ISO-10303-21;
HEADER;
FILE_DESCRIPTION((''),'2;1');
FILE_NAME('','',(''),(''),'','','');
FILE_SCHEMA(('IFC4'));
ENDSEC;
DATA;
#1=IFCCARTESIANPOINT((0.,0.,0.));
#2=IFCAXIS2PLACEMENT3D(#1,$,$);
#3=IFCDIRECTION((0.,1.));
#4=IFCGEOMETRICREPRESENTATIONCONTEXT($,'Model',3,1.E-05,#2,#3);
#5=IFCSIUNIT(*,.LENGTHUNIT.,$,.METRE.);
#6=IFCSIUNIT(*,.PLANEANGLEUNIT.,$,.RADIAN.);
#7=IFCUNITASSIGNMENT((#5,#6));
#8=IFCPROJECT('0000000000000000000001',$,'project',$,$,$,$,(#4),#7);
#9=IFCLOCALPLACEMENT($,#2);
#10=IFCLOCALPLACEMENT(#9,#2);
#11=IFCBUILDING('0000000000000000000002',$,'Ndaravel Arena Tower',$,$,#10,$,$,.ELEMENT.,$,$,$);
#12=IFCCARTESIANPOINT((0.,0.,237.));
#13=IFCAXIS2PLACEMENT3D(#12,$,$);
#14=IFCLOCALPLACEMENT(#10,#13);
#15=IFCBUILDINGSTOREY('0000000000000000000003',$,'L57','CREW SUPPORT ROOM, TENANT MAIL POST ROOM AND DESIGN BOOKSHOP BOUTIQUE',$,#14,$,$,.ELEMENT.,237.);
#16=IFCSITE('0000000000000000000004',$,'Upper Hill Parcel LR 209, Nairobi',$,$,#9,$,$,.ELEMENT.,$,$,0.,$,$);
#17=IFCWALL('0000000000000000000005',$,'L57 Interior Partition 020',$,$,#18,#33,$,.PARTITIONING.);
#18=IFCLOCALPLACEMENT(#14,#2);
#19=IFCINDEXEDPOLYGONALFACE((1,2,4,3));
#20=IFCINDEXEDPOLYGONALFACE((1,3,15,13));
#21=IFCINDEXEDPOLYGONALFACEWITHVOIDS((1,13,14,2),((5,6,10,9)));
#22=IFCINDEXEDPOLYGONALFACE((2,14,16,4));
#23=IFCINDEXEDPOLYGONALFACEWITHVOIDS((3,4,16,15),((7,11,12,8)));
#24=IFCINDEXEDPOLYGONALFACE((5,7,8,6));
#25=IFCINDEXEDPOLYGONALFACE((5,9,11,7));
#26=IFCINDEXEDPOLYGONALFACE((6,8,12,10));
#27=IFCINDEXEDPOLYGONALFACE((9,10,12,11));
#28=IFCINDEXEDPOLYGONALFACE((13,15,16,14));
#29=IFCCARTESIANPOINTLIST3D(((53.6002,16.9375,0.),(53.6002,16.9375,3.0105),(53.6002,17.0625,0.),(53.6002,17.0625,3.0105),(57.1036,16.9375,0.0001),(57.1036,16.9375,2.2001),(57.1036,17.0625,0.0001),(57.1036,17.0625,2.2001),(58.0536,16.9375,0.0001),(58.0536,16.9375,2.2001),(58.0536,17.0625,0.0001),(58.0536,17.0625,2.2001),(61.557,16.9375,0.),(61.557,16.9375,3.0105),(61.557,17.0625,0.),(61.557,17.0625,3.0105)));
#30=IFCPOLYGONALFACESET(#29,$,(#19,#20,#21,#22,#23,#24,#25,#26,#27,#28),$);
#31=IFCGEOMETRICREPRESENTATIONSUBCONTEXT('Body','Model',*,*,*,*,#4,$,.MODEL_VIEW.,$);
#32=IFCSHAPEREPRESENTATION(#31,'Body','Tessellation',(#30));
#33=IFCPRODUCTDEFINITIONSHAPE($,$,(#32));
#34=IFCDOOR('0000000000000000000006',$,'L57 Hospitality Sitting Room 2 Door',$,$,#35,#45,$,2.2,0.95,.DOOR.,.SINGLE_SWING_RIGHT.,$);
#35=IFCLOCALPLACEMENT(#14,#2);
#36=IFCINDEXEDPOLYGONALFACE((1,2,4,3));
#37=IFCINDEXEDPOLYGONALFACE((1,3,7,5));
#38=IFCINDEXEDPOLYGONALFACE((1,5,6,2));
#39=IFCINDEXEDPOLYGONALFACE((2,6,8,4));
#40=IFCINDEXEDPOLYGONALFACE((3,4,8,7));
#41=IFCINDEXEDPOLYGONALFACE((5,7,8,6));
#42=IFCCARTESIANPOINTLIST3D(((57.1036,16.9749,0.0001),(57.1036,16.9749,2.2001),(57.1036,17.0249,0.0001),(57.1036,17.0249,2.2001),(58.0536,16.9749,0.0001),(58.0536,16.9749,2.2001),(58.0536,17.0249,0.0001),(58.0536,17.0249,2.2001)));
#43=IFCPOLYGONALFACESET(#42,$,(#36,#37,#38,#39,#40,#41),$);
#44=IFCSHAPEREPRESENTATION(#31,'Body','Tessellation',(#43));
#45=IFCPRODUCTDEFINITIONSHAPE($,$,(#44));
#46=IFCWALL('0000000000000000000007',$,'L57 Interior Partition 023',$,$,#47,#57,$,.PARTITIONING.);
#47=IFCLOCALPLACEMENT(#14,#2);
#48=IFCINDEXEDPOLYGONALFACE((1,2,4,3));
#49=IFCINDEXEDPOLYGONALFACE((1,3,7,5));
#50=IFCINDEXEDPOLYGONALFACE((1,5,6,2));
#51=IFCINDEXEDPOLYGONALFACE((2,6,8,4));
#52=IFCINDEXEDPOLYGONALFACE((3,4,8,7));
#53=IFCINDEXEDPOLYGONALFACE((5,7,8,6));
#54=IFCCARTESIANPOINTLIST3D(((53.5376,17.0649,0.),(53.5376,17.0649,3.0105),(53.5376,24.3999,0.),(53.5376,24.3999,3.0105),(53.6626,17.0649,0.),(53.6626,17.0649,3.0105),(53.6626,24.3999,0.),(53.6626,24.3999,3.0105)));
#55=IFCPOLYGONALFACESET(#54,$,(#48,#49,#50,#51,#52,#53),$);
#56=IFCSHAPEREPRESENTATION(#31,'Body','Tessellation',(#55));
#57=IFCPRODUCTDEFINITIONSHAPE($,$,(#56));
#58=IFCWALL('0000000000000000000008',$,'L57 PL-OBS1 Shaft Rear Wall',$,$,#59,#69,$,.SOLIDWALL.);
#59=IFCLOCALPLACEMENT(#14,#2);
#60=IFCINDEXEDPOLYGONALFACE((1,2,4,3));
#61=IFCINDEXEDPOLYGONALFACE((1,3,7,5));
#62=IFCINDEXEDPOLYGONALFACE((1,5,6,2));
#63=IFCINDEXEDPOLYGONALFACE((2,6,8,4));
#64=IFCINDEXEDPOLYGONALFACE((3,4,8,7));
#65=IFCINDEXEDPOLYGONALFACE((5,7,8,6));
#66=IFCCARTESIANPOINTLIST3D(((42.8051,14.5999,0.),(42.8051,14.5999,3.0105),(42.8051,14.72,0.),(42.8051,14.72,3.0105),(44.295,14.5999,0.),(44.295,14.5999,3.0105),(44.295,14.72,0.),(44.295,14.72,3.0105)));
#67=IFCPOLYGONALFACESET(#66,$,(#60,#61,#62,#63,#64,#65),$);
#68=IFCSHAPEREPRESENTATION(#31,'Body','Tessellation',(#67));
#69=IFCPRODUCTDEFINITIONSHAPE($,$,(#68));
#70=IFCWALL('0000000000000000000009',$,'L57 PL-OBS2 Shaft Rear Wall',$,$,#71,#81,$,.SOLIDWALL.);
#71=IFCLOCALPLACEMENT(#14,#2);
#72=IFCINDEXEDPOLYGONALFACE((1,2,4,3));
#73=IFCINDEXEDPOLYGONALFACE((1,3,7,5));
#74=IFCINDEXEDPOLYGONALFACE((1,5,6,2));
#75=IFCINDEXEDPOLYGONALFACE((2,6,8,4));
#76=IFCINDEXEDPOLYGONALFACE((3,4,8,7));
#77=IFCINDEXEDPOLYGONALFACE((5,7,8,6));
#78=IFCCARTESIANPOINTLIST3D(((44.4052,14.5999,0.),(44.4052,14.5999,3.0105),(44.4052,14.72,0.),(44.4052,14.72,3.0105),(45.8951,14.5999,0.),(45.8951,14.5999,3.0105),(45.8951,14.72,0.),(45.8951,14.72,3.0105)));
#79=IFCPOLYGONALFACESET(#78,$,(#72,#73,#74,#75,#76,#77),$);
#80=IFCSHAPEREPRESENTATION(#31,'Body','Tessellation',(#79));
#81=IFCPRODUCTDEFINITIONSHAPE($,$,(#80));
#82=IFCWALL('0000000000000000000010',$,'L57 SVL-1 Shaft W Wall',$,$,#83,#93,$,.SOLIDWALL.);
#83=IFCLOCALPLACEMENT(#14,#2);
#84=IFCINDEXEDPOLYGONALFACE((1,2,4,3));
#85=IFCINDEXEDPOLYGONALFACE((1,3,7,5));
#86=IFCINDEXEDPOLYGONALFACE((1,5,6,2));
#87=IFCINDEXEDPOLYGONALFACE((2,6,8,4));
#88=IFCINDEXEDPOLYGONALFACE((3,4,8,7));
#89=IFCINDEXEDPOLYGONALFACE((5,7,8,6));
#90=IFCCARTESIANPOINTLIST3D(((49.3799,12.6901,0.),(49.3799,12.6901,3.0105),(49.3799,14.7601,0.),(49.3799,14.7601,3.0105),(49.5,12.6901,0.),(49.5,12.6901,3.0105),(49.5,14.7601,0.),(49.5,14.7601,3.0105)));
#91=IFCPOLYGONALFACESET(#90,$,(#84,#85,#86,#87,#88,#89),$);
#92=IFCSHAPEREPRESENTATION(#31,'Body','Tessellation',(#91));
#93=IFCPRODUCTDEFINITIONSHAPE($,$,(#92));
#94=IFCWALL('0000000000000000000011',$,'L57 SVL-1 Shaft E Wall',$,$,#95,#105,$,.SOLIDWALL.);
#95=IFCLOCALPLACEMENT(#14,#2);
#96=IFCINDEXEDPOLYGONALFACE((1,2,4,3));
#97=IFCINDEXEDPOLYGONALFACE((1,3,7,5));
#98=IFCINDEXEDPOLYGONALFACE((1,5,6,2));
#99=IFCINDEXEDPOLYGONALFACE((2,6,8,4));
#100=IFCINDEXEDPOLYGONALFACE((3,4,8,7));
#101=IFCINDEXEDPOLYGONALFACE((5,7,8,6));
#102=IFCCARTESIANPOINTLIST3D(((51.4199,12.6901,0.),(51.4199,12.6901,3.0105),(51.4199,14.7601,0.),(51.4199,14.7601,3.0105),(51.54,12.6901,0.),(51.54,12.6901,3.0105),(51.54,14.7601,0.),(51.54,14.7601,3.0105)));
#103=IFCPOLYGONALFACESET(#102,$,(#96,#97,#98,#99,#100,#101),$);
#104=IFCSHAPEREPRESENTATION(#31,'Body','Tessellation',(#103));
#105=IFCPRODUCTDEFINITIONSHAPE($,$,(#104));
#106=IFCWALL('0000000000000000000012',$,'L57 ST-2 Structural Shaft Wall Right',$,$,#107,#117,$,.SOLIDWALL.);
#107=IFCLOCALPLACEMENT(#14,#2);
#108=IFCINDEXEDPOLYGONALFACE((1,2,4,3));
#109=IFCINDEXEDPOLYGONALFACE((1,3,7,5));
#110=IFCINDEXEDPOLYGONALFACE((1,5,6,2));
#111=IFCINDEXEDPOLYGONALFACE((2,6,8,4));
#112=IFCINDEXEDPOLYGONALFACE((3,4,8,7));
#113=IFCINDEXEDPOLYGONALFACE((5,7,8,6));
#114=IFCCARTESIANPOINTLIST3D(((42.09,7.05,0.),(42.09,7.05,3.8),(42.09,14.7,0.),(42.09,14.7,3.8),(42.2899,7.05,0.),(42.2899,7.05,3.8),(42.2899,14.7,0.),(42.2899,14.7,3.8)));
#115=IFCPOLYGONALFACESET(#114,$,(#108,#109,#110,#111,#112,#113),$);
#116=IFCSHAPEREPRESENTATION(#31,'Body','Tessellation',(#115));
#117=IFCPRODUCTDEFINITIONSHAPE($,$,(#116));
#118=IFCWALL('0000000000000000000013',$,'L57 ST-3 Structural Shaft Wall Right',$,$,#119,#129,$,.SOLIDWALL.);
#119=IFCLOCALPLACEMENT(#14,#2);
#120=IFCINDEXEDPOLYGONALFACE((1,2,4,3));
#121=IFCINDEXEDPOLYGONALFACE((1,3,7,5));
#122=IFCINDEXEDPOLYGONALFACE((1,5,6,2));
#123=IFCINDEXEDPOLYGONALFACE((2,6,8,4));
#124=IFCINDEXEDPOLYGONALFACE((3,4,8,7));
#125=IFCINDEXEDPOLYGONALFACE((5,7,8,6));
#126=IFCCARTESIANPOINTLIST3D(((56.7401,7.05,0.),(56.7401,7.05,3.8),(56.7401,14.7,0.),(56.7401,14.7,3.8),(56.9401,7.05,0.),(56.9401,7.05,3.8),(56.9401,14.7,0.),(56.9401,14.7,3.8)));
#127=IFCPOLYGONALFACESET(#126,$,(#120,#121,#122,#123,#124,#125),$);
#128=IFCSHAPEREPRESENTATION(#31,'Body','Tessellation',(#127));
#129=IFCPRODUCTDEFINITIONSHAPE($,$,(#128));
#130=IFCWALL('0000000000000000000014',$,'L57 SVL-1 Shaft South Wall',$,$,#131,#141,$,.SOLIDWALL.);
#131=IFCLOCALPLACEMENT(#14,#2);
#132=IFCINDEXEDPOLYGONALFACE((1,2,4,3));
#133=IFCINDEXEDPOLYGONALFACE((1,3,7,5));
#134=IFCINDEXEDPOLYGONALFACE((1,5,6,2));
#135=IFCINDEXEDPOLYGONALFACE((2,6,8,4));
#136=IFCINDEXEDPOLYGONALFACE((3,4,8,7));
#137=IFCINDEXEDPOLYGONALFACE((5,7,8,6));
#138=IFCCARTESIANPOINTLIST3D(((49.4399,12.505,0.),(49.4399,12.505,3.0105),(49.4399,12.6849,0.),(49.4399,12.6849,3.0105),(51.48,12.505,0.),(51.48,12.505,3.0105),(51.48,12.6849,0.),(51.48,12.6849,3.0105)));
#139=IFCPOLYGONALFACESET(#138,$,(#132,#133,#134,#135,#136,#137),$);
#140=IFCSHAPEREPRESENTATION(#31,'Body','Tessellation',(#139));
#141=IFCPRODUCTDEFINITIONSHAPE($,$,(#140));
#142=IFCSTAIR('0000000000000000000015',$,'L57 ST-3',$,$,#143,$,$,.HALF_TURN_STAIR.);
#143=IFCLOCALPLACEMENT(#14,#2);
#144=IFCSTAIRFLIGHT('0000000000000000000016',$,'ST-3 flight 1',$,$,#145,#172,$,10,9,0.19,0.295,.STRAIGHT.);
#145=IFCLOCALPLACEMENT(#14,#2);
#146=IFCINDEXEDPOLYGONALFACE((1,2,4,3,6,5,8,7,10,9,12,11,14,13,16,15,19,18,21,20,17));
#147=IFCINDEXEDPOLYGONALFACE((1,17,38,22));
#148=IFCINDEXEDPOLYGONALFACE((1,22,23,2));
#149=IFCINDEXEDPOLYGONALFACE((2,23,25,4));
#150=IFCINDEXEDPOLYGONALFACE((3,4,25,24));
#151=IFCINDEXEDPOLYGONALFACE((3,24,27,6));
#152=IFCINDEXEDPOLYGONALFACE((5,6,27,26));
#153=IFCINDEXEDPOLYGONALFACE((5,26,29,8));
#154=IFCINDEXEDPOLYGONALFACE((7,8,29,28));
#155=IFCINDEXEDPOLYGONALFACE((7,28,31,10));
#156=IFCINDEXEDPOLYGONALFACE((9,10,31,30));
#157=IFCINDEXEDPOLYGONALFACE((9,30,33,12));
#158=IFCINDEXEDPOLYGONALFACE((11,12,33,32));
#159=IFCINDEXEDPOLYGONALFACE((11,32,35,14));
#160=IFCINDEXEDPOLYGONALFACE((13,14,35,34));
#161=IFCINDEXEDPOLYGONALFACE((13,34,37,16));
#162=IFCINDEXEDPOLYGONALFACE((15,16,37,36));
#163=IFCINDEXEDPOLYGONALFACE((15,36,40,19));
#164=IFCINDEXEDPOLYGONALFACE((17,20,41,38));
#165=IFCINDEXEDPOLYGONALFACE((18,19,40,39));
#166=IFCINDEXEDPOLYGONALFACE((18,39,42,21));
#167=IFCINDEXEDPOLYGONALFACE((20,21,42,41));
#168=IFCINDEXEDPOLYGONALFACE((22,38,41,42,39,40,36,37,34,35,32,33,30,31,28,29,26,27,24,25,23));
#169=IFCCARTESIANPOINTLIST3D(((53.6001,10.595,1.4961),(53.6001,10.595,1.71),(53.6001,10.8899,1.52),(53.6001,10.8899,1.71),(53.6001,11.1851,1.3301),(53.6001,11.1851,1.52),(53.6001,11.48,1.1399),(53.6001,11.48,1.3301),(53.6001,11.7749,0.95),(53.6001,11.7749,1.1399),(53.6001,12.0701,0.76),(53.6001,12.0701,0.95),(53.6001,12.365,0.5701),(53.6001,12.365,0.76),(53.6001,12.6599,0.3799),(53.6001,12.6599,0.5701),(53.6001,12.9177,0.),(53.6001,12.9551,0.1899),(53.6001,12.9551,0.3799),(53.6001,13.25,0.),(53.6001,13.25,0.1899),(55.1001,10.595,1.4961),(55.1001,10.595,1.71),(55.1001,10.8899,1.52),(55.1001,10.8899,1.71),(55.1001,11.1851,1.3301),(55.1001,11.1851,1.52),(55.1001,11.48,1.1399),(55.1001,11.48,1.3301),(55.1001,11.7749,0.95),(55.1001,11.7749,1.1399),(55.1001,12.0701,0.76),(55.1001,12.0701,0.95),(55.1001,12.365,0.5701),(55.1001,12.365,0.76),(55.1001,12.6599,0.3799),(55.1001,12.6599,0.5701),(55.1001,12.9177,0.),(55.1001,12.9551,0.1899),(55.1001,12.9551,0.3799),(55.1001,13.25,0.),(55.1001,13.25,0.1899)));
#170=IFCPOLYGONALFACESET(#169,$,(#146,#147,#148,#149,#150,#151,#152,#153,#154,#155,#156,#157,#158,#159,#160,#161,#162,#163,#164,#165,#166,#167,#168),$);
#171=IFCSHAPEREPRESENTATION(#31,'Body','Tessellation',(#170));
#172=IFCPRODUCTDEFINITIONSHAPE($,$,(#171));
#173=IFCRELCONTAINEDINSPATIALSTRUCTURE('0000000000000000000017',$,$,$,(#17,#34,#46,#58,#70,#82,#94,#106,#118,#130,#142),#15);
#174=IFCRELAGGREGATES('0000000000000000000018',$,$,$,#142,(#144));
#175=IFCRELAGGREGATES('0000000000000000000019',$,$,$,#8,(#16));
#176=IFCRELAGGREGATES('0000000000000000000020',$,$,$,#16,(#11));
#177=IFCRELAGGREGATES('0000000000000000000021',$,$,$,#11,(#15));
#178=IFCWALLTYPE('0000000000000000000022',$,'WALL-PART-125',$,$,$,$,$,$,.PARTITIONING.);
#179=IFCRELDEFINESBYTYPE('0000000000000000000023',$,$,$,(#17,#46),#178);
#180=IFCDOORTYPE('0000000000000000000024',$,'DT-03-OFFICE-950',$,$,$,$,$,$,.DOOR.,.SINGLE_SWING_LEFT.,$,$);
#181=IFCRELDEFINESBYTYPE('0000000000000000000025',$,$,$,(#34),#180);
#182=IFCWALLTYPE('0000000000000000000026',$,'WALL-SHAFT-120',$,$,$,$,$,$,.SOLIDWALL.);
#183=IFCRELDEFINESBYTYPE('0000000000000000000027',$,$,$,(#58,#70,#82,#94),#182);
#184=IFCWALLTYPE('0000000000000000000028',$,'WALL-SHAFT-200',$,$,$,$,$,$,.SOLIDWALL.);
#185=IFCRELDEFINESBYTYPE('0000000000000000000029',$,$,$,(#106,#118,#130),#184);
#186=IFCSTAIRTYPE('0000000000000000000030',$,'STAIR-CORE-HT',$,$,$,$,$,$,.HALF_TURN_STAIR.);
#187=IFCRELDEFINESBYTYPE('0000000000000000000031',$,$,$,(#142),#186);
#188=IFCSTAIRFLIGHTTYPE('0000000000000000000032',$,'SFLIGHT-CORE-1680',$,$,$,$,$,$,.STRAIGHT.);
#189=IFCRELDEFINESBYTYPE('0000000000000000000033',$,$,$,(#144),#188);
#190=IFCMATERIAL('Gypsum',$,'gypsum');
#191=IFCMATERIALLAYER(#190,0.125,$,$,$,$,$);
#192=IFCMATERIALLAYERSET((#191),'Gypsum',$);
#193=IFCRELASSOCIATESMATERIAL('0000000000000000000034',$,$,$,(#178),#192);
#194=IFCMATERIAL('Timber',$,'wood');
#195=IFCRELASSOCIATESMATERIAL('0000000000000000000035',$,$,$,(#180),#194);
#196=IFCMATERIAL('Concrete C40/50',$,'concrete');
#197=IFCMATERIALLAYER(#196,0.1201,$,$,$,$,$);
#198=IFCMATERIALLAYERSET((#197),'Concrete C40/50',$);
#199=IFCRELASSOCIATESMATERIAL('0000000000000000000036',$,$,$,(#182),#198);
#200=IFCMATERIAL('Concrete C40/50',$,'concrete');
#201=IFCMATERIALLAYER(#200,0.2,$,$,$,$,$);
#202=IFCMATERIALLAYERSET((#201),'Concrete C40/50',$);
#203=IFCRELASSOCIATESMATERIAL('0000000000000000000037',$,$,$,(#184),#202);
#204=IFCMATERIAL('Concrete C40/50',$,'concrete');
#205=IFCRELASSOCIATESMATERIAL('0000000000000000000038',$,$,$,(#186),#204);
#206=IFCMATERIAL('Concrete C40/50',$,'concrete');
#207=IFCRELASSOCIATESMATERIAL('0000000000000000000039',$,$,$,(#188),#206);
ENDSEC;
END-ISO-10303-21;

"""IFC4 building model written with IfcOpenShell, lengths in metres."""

from ifc_helpers import new_model, si_unit, direction, frame, frame_2d, origin, place, context, subcontext, project, spatial, polyline, rectangle, outline, extrude, material, layer, layer_set, type_object, element, fill, aggregate, save


model = new_model("IFC4")

# Units and contexts
model_context = context("Model", 3, precision=1e-05, world=origin(), true_north=direction((0.0, 1.0)))
body_context = subcontext(model_context, "Body", "Model", "MODEL_VIEW")
ifc_project = project(units=[si_unit("LENGTHUNIT", "METRE"), si_unit("PLANEANGLEUNIT", "RADIAN")], contexts=[model_context])

# Site, building, storey
site_placement = place(None, origin())
site = spatial("IfcSite", under=ifc_project, at=site_placement, Name="Upper Hill Parcel LR 209, Nairobi", CompositionType="ELEMENT", RefElevation=0.0)
building_placement = place(site_placement, origin())
building = spatial("IfcBuilding", under=site, at=building_placement, Name="Ndaravel Arena Tower", CompositionType="ELEMENT")
storey_placement = place(building_placement, frame((0.0, 0.0, 237.0)))
storey = spatial("IfcBuildingStorey", under=building, at=storey_placement, Name="L57", Description="CREW SUPPORT ROOM, TENANT MAIL POST ROOM AND DESIGN BOOKSHOP BOUTIQUE", CompositionType="ELEMENT", Elevation=237.0)

# Shared definitions
ifc_material_1 = material(Name="Gypsum", Category="gypsum")
ifc_layer_1 = layer(ifc_material_1, 0.125)
ifc_layer_set_1 = layer_set([ifc_layer_1], Name="Gypsum")
wall_type_1 = type_object("IfcWallType", Name="WALL-PART-125", PredefinedType="PARTITIONING", material=ifc_layer_set_1)
ifc_material_2 = material(Name="Timber", Category="wood")
door_type = type_object("IfcDoorType", Name="DT-03-OFFICE-950", OperationType="SINGLE_SWING_LEFT", PredefinedType="DOOR", material=ifc_material_2)

# Wall, opening, door
wall_1_placement = place(storey_placement, frame((53.6001, 17.0, 0.0), z_axis=(0.0, 0.0, 1.0), x_axis=(1.0, 0.0, 0.0)))
wall_1 = element("IfcWall", 1, at=wall_1_placement, inside=storey, type_object=wall_type_1, Name="L57 Interior Partition 020", PredefinedType="PARTITIONING", context=body_context, shape_type="SweptSolid", body=[
    extrude(rectangle(XDim=7.9568, YDim=0.125, at=frame_2d((3.9785, 0.0))), origin(), (0.0, 0.0, 1.0), 3.0105),
])
opening_1_placement = place(wall_1_placement, frame((3.5034, 0.0, 0.0)))
opening_1 = element("IfcOpeningElement", 2, at=opening_1_placement, cuts=wall_1, PredefinedType="OPENING", context=body_context, shape_type="SweptSolid", body=[
    extrude(rectangle(XDim=0.95, YDim=2.2, at=frame_2d((0.4751, 1.1001))), frame((0.0, 0.0625, 0.0), z_axis=(0.0, -1.0, 0.0), x_axis=(1.0, 0.0, 0.0)), (0.0, 0.0, 1.0), 0.125),
])
door_1_placement = place(opening_1_placement, origin())
door_1 = element("IfcDoor", 3, at=door_1_placement, inside=storey, type_object=door_type, Name="L57 Hospitality Sitting Room 2 Door", OperationType="SINGLE_SWING_RIGHT", OverallHeight=2.2, OverallWidth=0.95, PredefinedType="DOOR", context=body_context, shape_type="SweptSolid", body=[
    extrude(rectangle(XDim=0.95, YDim=2.2, at=frame_2d((0.4751, 1.1001))), frame((0.0, 0.0249, 0.0), z_axis=(0.0, -1.0, 0.0), x_axis=(1.0, 0.0, 0.0)), (0.0, 0.0, 1.0), 0.05),
])
fill(opening_1, door_1)

# Walls
wall_2_placement = place(storey_placement, frame((53.6001, 24.3999, 0.0), z_axis=(0.0, 0.0, 1.0), x_axis=(0.0, -1.0, 0.0)))
element("IfcWall", 4, at=wall_2_placement, inside=storey, type_object=wall_type_1, Name="L57 Interior Partition 023", PredefinedType="PARTITIONING", context=body_context, shape_type="SweptSolid", body=[
    extrude(rectangle(XDim=7.335, YDim=0.125, at=frame_2d((3.6675, 0.0))), origin(), (0.0, 0.0, 1.0), 3.0105),
])
ifc_material_3 = material(Name="Concrete C40/50", Category="concrete")
ifc_layer_2 = layer(ifc_material_3, 0.1201)
ifc_layer_set_2 = layer_set([ifc_layer_2], Name="Concrete C40/50")
wall_type_2 = type_object("IfcWallType", Name="WALL-SHAFT-120", PredefinedType="SOLIDWALL", material=ifc_layer_set_2)
for number, where, z_axis, x_axis, name in (
    (5, (42.8049, 14.6599, 0.0), (0.0, 0.0, 1.0), (1.0, 0.0, 0.0), "L57 PL-OBS1 Shaft Rear Wall"),
    (6, (44.405, 14.6599, 0.0), (0.0, 0.0, 1.0), (1.0, 0.0, 0.0), "L57 PL-OBS2 Shaft Rear Wall"),
):
    element("IfcWall", number, at=place(storey_placement, frame(where, z_axis=z_axis, x_axis=x_axis)), inside=storey, type_object=wall_type_2, Name=name, PredefinedType="SOLIDWALL", context=body_context, shape_type="SweptSolid", body=[
        extrude(rectangle(XDim=1.49, YDim=0.1201, at=frame_2d((0.7451, 0.0))), origin(), (0.0, 0.0, 1.0), 3.0105),
    ])
for number, where, z_axis, x_axis, name in (
    (7, (49.4399, 12.6899, 0.0), (0.0, 0.0, 1.0), (0.0, 1.0, 0.0), "L57 SVL-1 Shaft W Wall"),
    (8, (51.48, 12.6899, 0.0), (0.0, 0.0, 1.0), (0.0, 1.0, 0.0), "L57 SVL-1 Shaft E Wall"),
):
    element("IfcWall", number, at=place(storey_placement, frame(where, z_axis=z_axis, x_axis=x_axis)), inside=storey, type_object=wall_type_2, Name=name, PredefinedType="SOLIDWALL", context=body_context, shape_type="SweptSolid", body=[
        extrude(rectangle(XDim=2.0701, YDim=0.1201, at=frame_2d((1.0352, 0.0))), origin(), (0.0, 0.0, 1.0), 3.0105),
    ])
ifc_material_4 = material(Name="Concrete C40/50", Category="concrete")
ifc_layer_3 = layer(ifc_material_4, 0.2)
ifc_layer_set_3 = layer_set([ifc_layer_3], Name="Concrete C40/50")
wall_type_3 = type_object("IfcWallType", Name="WALL-SHAFT-200", PredefinedType="SOLIDWALL", material=ifc_layer_set_3)
for number, where, z_axis, x_axis, name in (
    (9, (42.1899, 14.7, 0.0), (0.0, 0.0, 1.0), (0.0, -1.0, 0.0), "L57 ST-2 Structural Shaft Wall Right"),
    (10, (56.8401, 14.7, 0.0), (0.0, 0.0, 1.0), (0.0, -1.0, 0.0), "L57 ST-3 Structural Shaft Wall Right"),
):
    element("IfcWall", number, at=place(storey_placement, frame(where, z_axis=z_axis, x_axis=x_axis)), inside=storey, type_object=wall_type_3, Name=name, PredefinedType="SOLIDWALL", context=body_context, shape_type="SweptSolid", body=[
        extrude(rectangle(XDim=7.6499, YDim=0.2, at=frame_2d((3.825, 0.0))), origin(), (0.0, 0.0, 1.0), 3.8),
    ])
wall_3_placement = place(storey_placement, frame((49.4399, 12.595, 0.0), z_axis=(0.0, 0.0, 1.0), x_axis=(1.0, 0.0, 0.0)))
element("IfcWall", 11, at=wall_3_placement, inside=storey, type_object=wall_type_3, Name="L57 SVL-1 Shaft South Wall", PredefinedType="SOLIDWALL", context=body_context, shape_type="SweptSolid", body=[
    extrude(rectangle(XDim=2.04, YDim=0.1799, at=frame_2d((1.02, 0.0))), origin(), (0.0, 0.0, 1.0), 3.0105),
])

# Stair, stair flight
ifc_material_5 = material(Name="Concrete C40/50", Category="concrete")
stair_type = type_object("IfcStairType", Name="STAIR-CORE-HT", PredefinedType="HALF_TURN_STAIR", material=ifc_material_5)
stair_placement = place(storey_placement, origin())
stair = element("IfcStair", 12, at=stair_placement, inside=storey, type_object=stair_type, Name="L57 ST-3", PredefinedType="HALF_TURN_STAIR")
ifc_material_6 = material(Name="Concrete C40/50", Category="concrete")
stair_flight_type = type_object("IfcStairFlightType", Name="SFLIGHT-CORE-1680", PredefinedType="STRAIGHT", material=ifc_material_6)
stair_flight_placement = place(storey_placement, frame((54.3501, 13.25, 0.0), z_axis=(0.0, 0.0, 1.0), x_axis=(0.0, -1.0, 0.0)))
stair_flight = element("IfcStairFlight", 13, at=stair_flight_placement, type_object=stair_flight_type, Name="ST-3 flight 1", NumberOfRisers=10, NumberOfTreads=9, PredefinedType="STRAIGHT", RiserHeight=0.19, TreadLength=0.295, context=body_context, shape_type="SweptSolid", body=[
    extrude(outline(polyline([(0.0, 0.0), (0.0, 0.1899), (0.2949, 0.1899), (0.2949, 0.3799), (0.5901, 0.3799), (0.5901, 0.5701), (0.885, 0.5701), (0.885, 0.76), (1.1799, 0.76), (1.1799, 0.95), (1.4751, 0.95), (1.4751, 1.1399), (1.77, 1.1399), (1.77, 1.3301), (2.0649, 1.3301), (2.0649, 1.52), (2.3601, 1.52), (2.3601, 1.71), (2.655, 1.71), (2.655, 1.8999), (2.655, 1.4961), (0.3323, 0.0), (0.0, 0.0)])), frame((0.0, 0.75, 0.0), z_axis=(0.0, -1.0, 0.0), x_axis=(1.0, 0.0, 0.0)), (0.0, 0.0, 1.0), 1.5),
])
aggregate(stair, [stair_flight])

save(model, "model.ifc")
